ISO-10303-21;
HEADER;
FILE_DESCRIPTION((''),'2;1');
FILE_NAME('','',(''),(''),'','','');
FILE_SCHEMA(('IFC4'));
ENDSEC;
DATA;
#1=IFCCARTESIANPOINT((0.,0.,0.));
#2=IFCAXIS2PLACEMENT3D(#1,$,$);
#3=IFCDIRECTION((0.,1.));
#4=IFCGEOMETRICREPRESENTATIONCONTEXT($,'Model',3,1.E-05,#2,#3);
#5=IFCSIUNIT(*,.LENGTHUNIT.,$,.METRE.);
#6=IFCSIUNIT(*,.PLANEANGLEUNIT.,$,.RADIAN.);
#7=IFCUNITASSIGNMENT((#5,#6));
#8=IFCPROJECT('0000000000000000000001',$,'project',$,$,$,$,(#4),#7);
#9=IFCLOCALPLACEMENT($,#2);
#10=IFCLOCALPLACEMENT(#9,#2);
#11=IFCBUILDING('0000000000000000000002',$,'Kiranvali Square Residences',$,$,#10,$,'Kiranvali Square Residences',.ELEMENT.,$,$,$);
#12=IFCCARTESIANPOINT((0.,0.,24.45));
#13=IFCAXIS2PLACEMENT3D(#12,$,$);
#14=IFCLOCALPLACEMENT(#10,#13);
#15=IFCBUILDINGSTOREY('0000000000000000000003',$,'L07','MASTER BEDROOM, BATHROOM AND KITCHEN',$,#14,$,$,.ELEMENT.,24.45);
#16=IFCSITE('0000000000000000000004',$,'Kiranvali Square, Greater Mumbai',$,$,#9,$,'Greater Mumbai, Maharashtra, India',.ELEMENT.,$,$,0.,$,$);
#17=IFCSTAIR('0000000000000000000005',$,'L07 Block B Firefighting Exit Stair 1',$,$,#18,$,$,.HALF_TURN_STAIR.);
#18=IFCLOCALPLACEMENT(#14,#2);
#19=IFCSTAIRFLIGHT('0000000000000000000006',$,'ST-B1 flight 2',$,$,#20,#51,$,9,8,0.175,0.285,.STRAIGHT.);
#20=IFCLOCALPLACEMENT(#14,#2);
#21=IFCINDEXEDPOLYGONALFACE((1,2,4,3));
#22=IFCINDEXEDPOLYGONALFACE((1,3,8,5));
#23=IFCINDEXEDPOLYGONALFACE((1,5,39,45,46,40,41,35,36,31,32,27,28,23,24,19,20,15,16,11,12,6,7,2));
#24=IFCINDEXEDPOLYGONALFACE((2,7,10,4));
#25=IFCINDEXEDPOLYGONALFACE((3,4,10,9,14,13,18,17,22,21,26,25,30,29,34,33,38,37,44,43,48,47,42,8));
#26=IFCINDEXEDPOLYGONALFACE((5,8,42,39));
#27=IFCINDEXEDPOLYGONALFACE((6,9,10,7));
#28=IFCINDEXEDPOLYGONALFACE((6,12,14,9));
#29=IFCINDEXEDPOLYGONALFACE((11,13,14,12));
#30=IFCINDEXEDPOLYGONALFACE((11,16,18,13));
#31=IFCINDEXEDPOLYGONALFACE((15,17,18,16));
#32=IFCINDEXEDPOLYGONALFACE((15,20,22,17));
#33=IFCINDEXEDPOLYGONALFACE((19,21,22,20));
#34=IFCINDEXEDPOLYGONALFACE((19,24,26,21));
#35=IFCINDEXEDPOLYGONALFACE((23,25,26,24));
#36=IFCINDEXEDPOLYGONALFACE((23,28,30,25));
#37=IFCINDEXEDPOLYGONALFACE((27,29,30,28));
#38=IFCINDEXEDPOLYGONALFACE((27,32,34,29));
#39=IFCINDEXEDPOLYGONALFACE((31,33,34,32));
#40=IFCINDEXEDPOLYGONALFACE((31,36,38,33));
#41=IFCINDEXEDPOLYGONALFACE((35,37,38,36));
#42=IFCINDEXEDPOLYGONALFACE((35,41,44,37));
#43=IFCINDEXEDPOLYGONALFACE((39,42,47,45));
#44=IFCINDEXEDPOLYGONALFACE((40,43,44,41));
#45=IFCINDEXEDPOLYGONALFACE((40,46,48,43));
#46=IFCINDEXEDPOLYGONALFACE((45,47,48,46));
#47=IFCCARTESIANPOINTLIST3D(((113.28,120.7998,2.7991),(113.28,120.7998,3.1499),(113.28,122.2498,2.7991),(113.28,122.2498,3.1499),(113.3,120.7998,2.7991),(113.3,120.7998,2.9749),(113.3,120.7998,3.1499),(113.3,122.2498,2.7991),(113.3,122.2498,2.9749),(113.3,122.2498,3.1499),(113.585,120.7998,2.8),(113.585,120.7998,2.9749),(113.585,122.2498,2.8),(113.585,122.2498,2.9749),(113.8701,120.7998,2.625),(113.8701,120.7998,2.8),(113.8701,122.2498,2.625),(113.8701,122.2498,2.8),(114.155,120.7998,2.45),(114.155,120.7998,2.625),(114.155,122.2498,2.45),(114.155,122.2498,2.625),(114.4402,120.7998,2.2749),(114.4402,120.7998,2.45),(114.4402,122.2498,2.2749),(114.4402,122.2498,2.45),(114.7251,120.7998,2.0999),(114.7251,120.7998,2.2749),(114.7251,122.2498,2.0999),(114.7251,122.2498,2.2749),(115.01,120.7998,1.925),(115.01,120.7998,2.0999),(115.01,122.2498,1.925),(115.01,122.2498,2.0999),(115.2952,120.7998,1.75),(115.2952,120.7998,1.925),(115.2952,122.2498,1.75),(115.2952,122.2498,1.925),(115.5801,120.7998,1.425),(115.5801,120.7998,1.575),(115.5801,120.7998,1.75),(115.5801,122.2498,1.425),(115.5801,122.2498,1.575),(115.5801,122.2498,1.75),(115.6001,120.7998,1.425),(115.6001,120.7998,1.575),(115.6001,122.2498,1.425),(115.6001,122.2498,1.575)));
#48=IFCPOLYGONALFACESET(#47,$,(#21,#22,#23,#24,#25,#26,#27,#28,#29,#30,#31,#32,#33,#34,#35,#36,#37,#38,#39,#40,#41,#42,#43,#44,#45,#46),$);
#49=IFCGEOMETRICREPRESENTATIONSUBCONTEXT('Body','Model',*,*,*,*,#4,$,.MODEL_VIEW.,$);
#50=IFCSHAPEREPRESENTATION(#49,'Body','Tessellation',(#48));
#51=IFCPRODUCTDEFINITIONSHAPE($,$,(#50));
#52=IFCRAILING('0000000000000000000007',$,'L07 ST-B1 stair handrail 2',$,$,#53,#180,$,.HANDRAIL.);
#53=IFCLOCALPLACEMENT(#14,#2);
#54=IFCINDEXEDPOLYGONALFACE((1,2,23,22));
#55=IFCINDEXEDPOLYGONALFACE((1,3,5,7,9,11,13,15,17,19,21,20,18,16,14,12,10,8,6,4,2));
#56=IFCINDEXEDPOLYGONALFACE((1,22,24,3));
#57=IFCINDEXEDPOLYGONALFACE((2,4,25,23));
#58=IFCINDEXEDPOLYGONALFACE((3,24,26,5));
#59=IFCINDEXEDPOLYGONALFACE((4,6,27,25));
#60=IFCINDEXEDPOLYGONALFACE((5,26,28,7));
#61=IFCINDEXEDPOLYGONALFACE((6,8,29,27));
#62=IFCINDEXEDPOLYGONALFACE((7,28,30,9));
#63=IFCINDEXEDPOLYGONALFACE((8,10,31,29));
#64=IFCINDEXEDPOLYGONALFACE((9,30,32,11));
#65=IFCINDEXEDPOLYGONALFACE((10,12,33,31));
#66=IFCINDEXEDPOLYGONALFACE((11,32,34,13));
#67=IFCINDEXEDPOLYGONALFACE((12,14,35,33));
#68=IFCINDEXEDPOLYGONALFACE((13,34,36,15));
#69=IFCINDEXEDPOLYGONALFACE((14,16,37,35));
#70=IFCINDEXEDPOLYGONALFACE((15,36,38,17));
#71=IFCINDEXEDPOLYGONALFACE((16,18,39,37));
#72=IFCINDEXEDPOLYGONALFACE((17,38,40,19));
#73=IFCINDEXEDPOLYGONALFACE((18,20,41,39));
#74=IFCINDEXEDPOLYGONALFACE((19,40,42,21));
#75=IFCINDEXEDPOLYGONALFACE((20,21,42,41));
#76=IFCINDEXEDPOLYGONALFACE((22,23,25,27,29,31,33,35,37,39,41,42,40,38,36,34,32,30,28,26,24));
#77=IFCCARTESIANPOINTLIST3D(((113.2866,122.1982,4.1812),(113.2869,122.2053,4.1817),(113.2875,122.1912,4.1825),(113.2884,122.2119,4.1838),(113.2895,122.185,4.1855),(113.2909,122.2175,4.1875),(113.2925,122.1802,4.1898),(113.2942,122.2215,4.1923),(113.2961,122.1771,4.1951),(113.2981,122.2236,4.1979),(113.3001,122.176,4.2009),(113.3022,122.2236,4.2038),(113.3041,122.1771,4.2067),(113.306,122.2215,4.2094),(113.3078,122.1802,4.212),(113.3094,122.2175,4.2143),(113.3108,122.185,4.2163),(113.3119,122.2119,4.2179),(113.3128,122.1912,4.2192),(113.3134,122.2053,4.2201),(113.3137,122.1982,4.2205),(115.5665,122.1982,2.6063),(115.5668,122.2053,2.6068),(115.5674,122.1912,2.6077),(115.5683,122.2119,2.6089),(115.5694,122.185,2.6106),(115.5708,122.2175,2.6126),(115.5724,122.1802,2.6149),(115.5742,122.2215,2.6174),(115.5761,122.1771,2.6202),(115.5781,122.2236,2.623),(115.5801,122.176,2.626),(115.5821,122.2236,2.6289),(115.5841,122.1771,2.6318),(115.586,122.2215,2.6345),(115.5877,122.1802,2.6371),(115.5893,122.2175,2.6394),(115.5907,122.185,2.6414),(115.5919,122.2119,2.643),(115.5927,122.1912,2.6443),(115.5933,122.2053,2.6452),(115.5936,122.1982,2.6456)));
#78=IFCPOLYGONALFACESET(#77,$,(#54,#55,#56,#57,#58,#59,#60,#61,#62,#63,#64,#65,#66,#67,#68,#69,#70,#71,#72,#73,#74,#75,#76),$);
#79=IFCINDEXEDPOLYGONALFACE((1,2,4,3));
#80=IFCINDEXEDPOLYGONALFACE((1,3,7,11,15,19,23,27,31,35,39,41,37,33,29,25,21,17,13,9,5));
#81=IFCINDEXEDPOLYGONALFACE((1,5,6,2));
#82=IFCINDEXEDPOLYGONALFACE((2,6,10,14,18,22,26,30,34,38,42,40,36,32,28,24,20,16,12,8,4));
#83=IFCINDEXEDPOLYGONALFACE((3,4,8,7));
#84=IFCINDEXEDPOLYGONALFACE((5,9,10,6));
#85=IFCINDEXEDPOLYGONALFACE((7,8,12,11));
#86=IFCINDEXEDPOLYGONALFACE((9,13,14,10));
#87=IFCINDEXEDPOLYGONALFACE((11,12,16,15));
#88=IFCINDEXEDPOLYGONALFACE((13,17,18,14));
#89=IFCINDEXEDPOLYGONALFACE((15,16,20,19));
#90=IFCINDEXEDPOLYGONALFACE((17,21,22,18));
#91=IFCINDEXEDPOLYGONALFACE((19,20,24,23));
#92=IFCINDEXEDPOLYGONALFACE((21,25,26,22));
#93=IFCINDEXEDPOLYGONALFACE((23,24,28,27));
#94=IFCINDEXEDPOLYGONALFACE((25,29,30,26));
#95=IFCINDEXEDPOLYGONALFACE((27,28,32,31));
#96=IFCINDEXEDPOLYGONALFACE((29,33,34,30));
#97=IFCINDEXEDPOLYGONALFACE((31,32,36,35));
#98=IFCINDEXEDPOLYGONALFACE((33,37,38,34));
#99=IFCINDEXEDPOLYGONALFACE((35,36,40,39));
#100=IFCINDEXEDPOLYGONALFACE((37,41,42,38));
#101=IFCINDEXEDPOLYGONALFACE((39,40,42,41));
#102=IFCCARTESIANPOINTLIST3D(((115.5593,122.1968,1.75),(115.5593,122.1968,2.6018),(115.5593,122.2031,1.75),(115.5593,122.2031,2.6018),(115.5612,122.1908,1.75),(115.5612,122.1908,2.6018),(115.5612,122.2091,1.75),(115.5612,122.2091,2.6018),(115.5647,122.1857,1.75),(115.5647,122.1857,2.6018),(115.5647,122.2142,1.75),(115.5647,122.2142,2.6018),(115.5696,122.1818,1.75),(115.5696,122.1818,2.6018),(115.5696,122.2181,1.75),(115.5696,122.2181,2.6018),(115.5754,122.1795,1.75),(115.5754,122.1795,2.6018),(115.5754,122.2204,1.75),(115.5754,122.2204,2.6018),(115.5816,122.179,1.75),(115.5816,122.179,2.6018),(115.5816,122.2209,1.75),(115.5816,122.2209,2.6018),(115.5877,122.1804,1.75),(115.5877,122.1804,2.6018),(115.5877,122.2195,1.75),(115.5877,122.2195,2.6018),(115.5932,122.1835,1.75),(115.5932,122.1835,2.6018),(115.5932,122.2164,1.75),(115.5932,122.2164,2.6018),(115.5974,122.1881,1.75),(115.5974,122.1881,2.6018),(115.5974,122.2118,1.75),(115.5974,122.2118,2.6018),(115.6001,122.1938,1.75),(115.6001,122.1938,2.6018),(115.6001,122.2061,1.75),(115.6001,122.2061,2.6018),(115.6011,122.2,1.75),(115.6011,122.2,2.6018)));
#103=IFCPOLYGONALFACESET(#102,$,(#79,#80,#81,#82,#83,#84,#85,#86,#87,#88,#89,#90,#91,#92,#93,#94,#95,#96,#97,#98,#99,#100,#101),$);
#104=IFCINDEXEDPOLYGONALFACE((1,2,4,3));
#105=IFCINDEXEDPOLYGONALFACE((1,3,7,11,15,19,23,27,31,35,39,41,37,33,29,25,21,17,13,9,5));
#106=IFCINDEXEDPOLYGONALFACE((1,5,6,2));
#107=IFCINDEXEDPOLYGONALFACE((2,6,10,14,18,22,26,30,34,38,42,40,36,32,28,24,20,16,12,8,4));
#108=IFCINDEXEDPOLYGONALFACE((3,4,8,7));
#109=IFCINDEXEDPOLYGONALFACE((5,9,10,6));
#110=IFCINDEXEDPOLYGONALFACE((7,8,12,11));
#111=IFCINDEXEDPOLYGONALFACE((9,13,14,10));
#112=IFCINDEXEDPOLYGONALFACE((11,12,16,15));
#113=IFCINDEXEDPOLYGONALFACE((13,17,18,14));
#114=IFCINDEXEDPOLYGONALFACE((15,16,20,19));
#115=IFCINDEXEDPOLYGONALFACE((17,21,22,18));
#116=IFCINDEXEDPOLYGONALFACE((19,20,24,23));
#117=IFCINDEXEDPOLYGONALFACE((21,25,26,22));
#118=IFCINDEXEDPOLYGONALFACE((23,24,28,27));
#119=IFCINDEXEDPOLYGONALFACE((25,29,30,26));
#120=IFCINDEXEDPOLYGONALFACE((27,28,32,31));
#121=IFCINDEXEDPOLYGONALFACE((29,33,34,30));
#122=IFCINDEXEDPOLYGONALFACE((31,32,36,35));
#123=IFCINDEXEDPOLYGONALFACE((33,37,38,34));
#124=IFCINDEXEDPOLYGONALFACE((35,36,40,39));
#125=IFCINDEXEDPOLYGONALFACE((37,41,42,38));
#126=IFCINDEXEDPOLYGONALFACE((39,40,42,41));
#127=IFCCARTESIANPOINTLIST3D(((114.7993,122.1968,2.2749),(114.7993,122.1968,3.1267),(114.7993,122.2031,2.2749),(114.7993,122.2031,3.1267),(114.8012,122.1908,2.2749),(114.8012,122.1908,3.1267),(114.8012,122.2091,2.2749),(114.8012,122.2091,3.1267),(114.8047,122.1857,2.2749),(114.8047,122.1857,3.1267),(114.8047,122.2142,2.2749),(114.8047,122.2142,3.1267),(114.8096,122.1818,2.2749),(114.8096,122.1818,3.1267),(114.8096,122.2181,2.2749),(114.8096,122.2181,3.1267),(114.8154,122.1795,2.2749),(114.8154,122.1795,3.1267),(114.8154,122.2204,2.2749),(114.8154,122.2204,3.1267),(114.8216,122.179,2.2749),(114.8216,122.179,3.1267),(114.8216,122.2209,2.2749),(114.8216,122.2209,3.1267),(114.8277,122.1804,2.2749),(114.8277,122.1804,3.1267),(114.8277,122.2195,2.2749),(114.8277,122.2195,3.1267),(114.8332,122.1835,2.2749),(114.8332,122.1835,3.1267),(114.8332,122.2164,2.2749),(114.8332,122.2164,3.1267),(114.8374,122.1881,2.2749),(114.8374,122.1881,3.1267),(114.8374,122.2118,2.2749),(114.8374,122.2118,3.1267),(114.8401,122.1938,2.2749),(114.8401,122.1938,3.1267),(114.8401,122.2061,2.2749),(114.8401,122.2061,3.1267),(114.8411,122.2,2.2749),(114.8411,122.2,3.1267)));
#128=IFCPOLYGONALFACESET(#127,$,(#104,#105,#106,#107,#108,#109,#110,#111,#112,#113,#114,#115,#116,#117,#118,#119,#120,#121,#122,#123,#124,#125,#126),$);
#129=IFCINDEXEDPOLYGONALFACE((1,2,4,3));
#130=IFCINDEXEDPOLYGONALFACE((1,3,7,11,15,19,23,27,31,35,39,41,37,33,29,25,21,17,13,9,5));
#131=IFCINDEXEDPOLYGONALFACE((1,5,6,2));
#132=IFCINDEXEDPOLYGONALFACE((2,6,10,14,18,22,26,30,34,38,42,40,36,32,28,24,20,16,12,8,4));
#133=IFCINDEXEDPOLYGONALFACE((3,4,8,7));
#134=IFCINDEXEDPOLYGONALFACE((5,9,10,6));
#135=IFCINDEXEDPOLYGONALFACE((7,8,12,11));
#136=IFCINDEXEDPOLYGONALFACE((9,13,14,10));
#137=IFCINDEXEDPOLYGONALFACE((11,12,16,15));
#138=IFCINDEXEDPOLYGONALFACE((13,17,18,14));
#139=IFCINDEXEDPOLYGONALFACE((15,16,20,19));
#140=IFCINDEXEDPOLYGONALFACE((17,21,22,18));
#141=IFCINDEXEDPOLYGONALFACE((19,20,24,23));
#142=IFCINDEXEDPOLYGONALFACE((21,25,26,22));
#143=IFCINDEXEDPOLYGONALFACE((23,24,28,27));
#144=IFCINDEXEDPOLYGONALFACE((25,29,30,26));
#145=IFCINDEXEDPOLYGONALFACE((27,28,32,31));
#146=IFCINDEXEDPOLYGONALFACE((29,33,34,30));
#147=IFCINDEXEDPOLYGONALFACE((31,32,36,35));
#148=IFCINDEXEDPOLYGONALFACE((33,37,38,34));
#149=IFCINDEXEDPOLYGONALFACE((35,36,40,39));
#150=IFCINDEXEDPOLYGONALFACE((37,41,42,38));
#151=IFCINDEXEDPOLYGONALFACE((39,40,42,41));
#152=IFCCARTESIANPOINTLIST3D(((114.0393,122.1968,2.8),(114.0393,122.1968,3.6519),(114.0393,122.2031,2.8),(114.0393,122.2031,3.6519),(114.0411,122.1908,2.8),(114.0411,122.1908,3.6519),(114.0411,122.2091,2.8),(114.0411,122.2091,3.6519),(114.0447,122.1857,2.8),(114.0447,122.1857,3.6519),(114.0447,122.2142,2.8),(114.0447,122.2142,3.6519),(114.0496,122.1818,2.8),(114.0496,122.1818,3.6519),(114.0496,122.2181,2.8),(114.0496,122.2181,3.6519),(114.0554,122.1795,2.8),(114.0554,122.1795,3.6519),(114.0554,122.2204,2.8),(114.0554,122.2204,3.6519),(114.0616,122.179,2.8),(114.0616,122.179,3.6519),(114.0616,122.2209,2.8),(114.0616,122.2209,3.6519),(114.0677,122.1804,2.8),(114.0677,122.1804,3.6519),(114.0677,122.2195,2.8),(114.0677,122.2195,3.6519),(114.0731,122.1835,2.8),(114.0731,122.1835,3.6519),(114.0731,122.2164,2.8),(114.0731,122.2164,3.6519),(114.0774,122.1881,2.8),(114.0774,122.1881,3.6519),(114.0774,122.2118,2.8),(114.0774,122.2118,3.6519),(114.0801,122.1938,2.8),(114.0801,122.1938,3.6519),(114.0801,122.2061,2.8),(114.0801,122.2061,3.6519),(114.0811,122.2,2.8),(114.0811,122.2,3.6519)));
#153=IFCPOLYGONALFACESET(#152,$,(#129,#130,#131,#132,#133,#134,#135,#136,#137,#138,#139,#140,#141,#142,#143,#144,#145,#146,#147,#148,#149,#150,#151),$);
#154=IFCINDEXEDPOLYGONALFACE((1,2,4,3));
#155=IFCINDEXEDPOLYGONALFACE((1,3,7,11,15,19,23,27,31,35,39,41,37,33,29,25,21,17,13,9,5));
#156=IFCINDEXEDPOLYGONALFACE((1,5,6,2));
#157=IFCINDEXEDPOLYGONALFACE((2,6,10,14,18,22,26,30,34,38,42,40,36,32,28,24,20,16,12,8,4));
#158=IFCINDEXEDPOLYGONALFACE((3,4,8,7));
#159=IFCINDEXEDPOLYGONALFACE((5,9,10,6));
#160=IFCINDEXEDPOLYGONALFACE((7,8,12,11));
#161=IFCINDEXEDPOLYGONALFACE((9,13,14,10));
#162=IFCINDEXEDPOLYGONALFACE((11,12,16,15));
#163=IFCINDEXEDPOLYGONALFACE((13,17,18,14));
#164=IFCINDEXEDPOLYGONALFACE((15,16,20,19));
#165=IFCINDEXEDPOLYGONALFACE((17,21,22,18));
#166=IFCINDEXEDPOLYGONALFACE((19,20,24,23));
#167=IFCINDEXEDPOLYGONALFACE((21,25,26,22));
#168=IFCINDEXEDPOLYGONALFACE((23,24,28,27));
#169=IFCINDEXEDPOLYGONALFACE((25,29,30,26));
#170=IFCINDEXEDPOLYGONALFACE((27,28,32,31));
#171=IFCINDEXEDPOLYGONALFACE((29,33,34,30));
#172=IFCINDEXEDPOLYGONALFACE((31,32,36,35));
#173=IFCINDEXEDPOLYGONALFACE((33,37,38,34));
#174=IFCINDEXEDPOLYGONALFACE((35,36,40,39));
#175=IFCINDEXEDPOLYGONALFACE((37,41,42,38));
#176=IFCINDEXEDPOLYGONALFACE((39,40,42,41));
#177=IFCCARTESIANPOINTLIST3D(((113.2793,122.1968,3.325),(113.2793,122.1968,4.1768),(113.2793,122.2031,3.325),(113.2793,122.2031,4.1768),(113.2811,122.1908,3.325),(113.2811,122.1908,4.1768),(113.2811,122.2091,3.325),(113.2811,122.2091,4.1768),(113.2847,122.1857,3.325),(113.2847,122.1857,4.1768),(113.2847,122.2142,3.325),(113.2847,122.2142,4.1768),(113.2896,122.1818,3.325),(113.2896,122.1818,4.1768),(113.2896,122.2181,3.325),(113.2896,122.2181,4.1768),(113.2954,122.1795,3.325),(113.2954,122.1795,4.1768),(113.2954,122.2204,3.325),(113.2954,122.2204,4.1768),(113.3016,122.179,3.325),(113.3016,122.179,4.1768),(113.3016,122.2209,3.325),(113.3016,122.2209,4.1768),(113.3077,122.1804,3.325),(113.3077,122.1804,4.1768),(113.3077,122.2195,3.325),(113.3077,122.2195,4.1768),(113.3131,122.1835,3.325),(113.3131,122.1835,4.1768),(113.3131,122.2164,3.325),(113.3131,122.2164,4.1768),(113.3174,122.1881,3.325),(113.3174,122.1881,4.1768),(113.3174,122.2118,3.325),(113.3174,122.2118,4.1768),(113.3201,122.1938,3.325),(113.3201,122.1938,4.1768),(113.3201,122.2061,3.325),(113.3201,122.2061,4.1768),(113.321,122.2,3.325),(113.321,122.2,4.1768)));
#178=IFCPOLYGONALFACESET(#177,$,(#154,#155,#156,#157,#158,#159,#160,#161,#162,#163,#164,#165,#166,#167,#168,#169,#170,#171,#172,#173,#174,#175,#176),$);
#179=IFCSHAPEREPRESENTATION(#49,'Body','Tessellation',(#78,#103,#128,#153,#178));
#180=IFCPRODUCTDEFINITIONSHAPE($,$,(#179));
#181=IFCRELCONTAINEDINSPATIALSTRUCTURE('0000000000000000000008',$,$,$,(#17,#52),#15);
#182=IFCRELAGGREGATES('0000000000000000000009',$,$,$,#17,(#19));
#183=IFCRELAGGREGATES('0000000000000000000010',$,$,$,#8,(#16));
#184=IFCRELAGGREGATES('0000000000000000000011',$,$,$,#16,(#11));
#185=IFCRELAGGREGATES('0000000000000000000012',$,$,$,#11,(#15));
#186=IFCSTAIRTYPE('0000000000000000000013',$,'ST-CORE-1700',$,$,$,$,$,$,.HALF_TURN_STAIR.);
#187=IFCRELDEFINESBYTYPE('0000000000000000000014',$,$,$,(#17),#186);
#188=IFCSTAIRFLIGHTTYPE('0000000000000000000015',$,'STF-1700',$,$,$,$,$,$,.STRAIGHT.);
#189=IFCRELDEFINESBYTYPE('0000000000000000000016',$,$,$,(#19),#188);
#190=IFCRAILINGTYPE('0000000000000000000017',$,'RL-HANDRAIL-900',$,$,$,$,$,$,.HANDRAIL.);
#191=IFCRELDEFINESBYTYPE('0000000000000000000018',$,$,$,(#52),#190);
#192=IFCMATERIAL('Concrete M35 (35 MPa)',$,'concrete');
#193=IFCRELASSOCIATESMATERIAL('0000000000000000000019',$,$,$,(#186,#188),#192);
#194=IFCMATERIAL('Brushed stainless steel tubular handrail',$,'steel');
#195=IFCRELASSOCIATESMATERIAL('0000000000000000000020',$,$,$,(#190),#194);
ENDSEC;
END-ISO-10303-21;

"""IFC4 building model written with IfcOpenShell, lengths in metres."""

from ifc_helpers import new_model, si_unit, direction, frame, origin, origin_2d, place, context, subcontext, project, spatial, polyline, circle, outline, extrude, material, type_object, element, aggregate, save


model = new_model("IFC4")

# Units and contexts
model_context = context("Model", 3, precision=1e-05, world=origin(), true_north=direction((0.0, 1.0)))
body_context = subcontext(model_context, "Body", "Model", "MODEL_VIEW")
ifc_project = project(units=[si_unit("LENGTHUNIT", "METRE"), si_unit("PLANEANGLEUNIT", "RADIAN")], contexts=[model_context])

# Site, building, storey
site_placement = place(None, origin())
site = spatial("IfcSite", under=ifc_project, at=site_placement, Name="Kiranvali Square, Greater Mumbai", LongName="Greater Mumbai, Maharashtra, India", CompositionType="ELEMENT", RefElevation=0.0)
building_placement = place(site_placement, origin())
building = spatial("IfcBuilding", under=site, at=building_placement, Name="Kiranvali Square Residences", LongName="Kiranvali Square Residences", CompositionType="ELEMENT")
storey_placement = place(building_placement, frame((0.0, 0.0, 24.45)))
storey = spatial("IfcBuildingStorey", under=building, at=storey_placement, Name="L07", Description="MASTER BEDROOM, BATHROOM AND KITCHEN", CompositionType="ELEMENT", Elevation=24.45)

# Stair, stair flight
ifc_material_1 = material(Name="Concrete M35 (35 MPa)", Category="concrete")
stair_type = type_object("IfcStairType", Name="ST-CORE-1700", PredefinedType="HALF_TURN_STAIR", material=ifc_material_1)
stair_placement = place(storey_placement, origin())
stair = element("IfcStair", 1, at=stair_placement, inside=storey, type_object=stair_type, Name="L07 Block B Firefighting Exit Stair 1", PredefinedType="HALF_TURN_STAIR")
stair_flight_type = type_object("IfcStairFlightType", Name="STF-1700", PredefinedType="STRAIGHT", material=ifc_material_1)
stair_flight_placement = place(storey_placement, frame((115.5801, 121.5249, 1.575), z_axis=(0.0, 0.0, 1.0), x_axis=(-1.0, 0.0, 0.0)))
stair_flight = element("IfcStairFlight", 2, at=stair_flight_placement, type_object=stair_flight_type, Name="ST-B1 flight 2", NumberOfRisers=9, NumberOfTreads=8, PredefinedType="STRAIGHT", RiserHeight=0.175, TreadLength=0.285, context=body_context, shape_type="SweptSolid", body=[
    extrude(outline(polyline([(-0.02, -0.1499), (-0.02, 0.0), (0.0, 0.0), (0.0, 0.175), (0.2849, 0.175), (0.2849, 0.3501), (0.5701, 0.3501), (0.5701, 0.5249), (0.855, 0.5249), (0.855, 0.7), (1.1399, 0.7), (1.1399, 0.875), (1.425, 0.875), (1.425, 1.05), (1.71, 1.05), (1.71, 1.2251), (1.9951, 1.2251), (1.9951, 1.3999), (2.28, 1.3999), (2.28, 1.575), (2.3, 1.575), (2.3, 1.2241), (2.28, 1.2241), (0.0, -0.1499), (-0.02, -0.1499)])), frame((0.0, 0.7251, 0.0), z_axis=(0.0, -1.0, 0.0), x_axis=(1.0, 0.0, 0.0)), (0.0, 0.0, 1.0), 1.45),
])
aggregate(stair, [stair_flight])

# Railing
ifc_material_2 = material(Name="Brushed stainless steel tubular handrail", Category="steel")
railing_type_1 = type_object("IfcRailingType", Name="RL-HANDRAIL-900", PredefinedType="HANDRAIL", material=ifc_material_2)
railing_1_placement = place(storey_placement, frame((115.5801, 122.2, 1.75)))
element("IfcRailing", 3, at=railing_1_placement, inside=storey, type_object=railing_type_1, Name="L07 ST-B1 stair handrail 2", PredefinedType="HANDRAIL", context=body_context, shape_type="SweptSolid", body=[
    extrude(circle(Radius=0.0239, at=origin_2d()), frame((0.0, 0.0, 0.876), z_axis=(-0.822788, 0.0, 0.568348), x_axis=(0.0, -1.0, 0.0)), (0.0, 0.0, 1.0), 2.771),
    extrude(circle(Radius=0.021, at=origin_2d()), origin(), (0.0, 0.0, 1.0), 0.8518),
    extrude(circle(Radius=0.021, at=origin_2d()), frame((-0.76, 0.0, 0.5249)), (0.0, 0.0, 1.0), 0.8518),
    extrude(circle(Radius=0.021, at=origin_2d()), frame((-1.52, 0.0, 1.05)), (0.0, 0.0, 1.0), 0.8518),
    extrude(circle(Radius=0.021, at=origin_2d()), frame((-2.28, 0.0, 1.575)), (0.0, 0.0, 1.0), 0.8518),
])

save(model, "model.ifc")
